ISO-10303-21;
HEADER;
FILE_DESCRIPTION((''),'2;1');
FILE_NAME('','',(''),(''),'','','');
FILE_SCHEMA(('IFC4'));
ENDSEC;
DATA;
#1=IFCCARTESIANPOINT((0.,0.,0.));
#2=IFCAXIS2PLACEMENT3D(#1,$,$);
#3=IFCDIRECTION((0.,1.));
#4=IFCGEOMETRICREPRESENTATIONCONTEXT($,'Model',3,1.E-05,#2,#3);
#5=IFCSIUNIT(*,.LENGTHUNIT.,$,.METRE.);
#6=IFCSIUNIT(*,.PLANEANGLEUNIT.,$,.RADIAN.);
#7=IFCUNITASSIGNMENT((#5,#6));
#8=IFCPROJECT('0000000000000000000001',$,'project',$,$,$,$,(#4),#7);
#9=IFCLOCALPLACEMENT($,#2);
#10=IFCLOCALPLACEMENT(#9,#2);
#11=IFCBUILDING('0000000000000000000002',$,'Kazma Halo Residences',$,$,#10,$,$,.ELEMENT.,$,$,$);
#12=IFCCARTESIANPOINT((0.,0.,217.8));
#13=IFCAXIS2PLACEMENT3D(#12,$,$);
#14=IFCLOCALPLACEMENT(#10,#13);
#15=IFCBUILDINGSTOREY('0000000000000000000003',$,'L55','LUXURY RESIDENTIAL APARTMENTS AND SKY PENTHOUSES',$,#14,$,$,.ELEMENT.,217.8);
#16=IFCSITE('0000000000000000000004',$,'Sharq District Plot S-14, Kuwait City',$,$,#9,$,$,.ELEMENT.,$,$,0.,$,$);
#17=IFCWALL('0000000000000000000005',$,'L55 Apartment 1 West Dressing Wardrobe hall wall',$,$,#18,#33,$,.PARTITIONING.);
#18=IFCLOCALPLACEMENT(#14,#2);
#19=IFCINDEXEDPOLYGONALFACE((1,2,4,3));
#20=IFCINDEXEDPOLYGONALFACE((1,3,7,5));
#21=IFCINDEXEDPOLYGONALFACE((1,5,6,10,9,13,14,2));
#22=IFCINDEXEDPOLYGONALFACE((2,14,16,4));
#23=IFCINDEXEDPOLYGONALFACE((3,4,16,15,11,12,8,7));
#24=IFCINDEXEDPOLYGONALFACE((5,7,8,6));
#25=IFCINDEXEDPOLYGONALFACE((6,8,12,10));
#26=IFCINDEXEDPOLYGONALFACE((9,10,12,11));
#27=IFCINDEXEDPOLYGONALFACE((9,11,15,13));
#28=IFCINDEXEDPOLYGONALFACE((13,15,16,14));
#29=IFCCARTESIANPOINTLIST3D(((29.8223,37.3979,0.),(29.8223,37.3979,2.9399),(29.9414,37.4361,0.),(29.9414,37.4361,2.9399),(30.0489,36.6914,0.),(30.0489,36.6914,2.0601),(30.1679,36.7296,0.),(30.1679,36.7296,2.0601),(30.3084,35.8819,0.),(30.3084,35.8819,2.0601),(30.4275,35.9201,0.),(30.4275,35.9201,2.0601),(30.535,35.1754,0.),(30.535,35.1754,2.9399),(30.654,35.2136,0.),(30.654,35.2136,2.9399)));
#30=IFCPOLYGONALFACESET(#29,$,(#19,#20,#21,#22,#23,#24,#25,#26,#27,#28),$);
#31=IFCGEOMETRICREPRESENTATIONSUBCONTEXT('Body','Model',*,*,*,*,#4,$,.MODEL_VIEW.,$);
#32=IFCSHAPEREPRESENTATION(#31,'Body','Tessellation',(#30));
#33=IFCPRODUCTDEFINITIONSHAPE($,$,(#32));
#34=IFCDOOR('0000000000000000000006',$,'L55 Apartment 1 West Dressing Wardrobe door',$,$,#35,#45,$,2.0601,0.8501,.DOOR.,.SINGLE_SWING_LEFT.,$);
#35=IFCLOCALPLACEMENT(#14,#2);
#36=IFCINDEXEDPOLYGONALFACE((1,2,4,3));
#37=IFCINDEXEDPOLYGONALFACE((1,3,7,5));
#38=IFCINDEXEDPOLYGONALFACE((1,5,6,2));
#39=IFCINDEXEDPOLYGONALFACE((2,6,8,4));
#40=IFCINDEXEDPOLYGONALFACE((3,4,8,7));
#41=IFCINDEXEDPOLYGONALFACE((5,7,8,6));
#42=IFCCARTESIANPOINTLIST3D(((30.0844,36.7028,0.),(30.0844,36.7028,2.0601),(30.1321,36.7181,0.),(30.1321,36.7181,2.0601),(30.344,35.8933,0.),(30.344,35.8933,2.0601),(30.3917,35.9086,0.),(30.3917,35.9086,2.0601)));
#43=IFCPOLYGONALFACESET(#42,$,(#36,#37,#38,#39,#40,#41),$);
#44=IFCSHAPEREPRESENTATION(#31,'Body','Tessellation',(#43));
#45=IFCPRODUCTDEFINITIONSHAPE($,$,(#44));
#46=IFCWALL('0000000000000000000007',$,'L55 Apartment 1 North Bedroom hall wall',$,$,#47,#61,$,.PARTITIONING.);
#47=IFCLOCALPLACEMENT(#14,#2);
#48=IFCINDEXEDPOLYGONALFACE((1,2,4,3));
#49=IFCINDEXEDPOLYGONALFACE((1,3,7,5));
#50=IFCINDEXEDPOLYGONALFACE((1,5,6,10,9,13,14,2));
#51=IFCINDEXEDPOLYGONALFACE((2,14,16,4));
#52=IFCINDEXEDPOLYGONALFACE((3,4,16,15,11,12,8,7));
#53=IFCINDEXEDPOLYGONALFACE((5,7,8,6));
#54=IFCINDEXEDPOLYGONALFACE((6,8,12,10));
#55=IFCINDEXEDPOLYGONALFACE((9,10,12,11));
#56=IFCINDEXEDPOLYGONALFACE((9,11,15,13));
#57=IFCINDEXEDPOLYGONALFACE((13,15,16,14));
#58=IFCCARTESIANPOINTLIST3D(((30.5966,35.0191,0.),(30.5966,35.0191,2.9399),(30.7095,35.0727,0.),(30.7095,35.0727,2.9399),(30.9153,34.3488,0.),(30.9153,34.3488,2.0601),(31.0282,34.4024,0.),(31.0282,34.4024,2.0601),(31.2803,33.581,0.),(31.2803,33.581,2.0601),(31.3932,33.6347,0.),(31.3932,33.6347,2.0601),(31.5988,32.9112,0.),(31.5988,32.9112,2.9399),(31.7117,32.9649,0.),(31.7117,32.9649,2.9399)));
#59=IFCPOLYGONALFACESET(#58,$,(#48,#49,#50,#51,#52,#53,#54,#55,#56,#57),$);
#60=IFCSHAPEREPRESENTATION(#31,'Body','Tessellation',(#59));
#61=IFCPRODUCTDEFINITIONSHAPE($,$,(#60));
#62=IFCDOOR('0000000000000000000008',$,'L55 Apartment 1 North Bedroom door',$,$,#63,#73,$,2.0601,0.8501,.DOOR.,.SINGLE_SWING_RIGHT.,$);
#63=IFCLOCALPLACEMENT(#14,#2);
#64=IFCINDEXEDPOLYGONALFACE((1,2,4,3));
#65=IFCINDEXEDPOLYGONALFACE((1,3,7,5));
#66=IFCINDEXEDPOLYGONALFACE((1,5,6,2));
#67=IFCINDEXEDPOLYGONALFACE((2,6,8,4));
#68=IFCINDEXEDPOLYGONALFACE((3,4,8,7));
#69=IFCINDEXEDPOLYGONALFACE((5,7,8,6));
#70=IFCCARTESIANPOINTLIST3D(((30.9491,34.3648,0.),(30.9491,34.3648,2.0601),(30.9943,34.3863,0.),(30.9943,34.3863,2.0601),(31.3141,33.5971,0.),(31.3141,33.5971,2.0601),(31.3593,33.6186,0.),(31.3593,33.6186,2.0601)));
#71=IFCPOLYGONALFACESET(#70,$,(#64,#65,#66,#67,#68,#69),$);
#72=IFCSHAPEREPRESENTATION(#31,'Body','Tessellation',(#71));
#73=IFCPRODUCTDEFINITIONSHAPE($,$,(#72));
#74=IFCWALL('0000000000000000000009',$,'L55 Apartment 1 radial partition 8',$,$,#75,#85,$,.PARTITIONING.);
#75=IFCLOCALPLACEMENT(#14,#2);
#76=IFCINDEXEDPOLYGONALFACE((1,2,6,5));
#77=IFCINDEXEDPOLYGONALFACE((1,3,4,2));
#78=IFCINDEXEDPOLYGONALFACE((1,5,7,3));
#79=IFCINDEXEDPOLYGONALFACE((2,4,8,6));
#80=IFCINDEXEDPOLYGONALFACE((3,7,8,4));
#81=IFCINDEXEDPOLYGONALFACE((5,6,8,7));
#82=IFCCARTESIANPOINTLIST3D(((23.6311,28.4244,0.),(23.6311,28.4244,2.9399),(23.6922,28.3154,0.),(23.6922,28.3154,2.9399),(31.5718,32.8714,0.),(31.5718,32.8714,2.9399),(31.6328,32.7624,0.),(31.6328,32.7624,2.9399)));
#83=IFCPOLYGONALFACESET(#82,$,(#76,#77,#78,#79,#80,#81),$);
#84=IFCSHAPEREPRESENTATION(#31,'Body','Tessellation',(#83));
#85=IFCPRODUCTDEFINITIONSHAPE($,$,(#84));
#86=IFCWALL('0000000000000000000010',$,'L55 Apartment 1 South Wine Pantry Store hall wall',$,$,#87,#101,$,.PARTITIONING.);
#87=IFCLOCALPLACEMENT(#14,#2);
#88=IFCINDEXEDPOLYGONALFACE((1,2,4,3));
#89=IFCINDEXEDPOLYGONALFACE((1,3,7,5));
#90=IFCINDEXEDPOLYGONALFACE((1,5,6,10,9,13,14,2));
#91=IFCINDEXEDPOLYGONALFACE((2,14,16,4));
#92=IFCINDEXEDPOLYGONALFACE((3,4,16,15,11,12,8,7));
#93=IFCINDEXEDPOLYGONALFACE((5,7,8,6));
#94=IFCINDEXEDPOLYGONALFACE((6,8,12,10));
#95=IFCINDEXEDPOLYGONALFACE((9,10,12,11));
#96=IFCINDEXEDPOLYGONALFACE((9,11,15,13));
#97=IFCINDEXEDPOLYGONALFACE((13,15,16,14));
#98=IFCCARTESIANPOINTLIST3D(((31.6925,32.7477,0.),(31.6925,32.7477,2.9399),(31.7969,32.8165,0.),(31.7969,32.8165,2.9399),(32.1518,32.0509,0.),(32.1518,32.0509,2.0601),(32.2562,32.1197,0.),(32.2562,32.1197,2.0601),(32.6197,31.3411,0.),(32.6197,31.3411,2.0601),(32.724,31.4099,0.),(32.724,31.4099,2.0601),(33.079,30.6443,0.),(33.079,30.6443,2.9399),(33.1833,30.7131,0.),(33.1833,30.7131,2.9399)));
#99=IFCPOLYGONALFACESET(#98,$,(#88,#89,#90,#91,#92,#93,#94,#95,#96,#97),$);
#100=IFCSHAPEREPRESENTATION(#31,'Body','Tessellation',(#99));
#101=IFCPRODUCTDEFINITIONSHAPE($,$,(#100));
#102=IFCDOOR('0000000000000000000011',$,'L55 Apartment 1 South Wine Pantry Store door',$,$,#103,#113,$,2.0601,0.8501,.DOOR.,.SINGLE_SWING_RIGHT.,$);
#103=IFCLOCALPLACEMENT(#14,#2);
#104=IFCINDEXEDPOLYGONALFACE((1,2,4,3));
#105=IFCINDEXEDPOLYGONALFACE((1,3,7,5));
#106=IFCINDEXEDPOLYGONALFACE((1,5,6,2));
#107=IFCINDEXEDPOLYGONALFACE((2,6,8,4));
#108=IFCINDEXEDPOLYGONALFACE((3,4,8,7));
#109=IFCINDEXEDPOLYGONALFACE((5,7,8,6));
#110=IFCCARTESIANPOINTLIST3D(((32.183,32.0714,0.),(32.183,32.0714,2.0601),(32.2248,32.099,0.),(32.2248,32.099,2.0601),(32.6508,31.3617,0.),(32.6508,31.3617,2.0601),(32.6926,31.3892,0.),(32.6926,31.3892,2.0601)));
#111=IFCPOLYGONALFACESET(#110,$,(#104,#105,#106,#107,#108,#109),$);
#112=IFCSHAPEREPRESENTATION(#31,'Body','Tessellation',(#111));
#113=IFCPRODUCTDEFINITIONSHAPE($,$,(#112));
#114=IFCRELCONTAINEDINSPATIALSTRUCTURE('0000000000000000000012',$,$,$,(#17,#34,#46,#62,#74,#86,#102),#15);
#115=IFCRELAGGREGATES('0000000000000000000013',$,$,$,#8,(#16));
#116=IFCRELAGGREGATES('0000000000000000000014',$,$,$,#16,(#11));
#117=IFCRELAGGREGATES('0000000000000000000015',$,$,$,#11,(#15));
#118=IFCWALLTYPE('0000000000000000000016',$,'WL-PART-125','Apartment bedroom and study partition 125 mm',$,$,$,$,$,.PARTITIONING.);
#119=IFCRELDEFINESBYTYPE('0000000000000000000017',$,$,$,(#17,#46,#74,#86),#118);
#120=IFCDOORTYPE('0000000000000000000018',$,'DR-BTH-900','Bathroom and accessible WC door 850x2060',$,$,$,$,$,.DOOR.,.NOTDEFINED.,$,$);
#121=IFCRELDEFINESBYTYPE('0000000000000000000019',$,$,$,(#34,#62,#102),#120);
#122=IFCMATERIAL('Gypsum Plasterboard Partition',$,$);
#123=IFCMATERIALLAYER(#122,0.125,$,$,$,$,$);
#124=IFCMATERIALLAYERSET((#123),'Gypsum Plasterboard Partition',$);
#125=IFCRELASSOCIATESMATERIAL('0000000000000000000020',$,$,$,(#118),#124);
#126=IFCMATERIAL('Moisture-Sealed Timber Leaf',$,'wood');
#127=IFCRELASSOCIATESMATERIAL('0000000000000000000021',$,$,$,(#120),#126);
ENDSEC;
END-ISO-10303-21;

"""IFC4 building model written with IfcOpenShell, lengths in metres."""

from ifc_helpers import new_model, si_unit, direction, frame, frame_2d, origin, place, context, subcontext, project, spatial, rectangle, extrude, material, layer, layer_set, type_object, element, fill, save


model = new_model("IFC4")

# Units and contexts
model_context = context("Model", 3, precision=1e-05, world=origin(), true_north=direction((0.0, 1.0)))
body_context = subcontext(model_context, "Body", "Model", "MODEL_VIEW")
ifc_project = project(units=[si_unit("LENGTHUNIT", "METRE"), si_unit("PLANEANGLEUNIT", "RADIAN")], contexts=[model_context])

# Site, building, storey
site_placement = place(None, origin())
site = spatial("IfcSite", under=ifc_project, at=site_placement, Name="Sharq District Plot S-14, Kuwait City", CompositionType="ELEMENT", RefElevation=0.0)
building_placement = place(site_placement, origin())
building = spatial("IfcBuilding", under=site, at=building_placement, Name="Kazma Halo Residences", CompositionType="ELEMENT")
storey_placement = place(building_placement, frame((0.0, 0.0, 217.8)))
storey = spatial("IfcBuildingStorey", under=building, at=storey_placement, Name="L55", Description="LUXURY RESIDENTIAL APARTMENTS AND SKY PENTHOUSES", CompositionType="ELEMENT", Elevation=217.8)

# Shared definitions
ifc_material_1 = material(Name="Gypsum Plasterboard Partition")
ifc_layer_1 = layer(ifc_material_1, 0.125)
ifc_layer_set_1 = layer_set([ifc_layer_1], Name="Gypsum Plasterboard Partition")
wall_type_1 = type_object("IfcWallType", Name="WL-PART-125", Description="Apartment bedroom and study partition 125 mm", PredefinedType="PARTITIONING", material=ifc_layer_set_1)

# Walls, openings, doors
ifc_material_2 = material(Name="Moisture-Sealed Timber Leaf", Category="wood")
door_type = type_object("IfcDoorType", Name="DR-BTH-900", Description="Bathroom and accessible WC door 850x2060", OperationType="NOTDEFINED", PredefinedType="DOOR", material=ifc_material_2)
wall_1_placement = place(storey_placement, frame((29.8818, 37.417, 0.0), z_axis=(0.0, 0.0, 1.0), x_axis=(0.305349, -0.952241, 0.0)))
wall_1 = element("IfcWall", 1, at=wall_1_placement, inside=storey, type_object=wall_type_1, Name="L55 Apartment 1 West Dressing Wardrobe hall wall", PredefinedType="PARTITIONING", context=body_context, shape_type="SweptSolid", body=[
    extrude(rectangle(XDim=2.334, YDim=0.125, at=frame_2d((1.167, 0.0))), origin(), (0.0, 0.0, 1.0), 2.9399),
])
opening_1_placement = place(wall_1_placement, frame((0.7419, 0.0, 0.0)))
opening_1 = element("IfcOpeningElement", 2, at=opening_1_placement, cuts=wall_1, PredefinedType="OPENING", context=body_context, shape_type="SweptSolid", body=[
    extrude(rectangle(XDim=0.8501, YDim=2.0601, at=frame_2d((0.425, 1.03))), frame((0.0, 0.0725, 0.0), z_axis=(0.0, -1.0, 0.0), x_axis=(1.0, 0.0, 0.0)), (0.0, 0.0, 1.0), 0.145),
])
door_1_placement = place(opening_1_placement, origin())
door_1 = element("IfcDoor", 3, at=door_1_placement, inside=storey, type_object=door_type, Name="L55 Apartment 1 West Dressing Wardrobe door", OperationType="SINGLE_SWING_LEFT", OverallHeight=2.0601, OverallWidth=0.8501, PredefinedType="DOOR", context=body_context, shape_type="SweptSolid", body=[
    extrude(rectangle(XDim=0.8501, YDim=2.0601, at=frame_2d((0.425, 1.03))), frame((0.0, 0.0249, 0.0), z_axis=(0.0, -1.0, 0.0), x_axis=(1.0, 0.0, 0.0)), (0.0, 0.0, 1.0), 0.05),
])
fill(opening_1, door_1)
wall_2_placement = place(storey_placement, frame((30.6531, 35.0459, 0.0), z_axis=(0.0, 0.0, 1.0), x_axis=(0.429385, -0.903121, 0.0)))
wall_2 = element("IfcWall", 4, at=wall_2_placement, inside=storey, type_object=wall_type_1, Name="L55 Apartment 1 North Bedroom hall wall", PredefinedType="PARTITIONING", context=body_context, shape_type="SweptSolid", body=[
    extrude(rectangle(XDim=2.334, YDim=0.125, at=frame_2d((1.167, 0.0))), origin(), (0.0, 0.0, 1.0), 2.9399),
])
opening_2_placement = place(wall_2_placement, frame((0.7422, 0.0, 0.0)))
opening_2 = element("IfcOpeningElement", 5, at=opening_2_placement, cuts=wall_2, PredefinedType="OPENING", context=body_context, shape_type="SweptSolid", body=[
    extrude(rectangle(XDim=0.8501, YDim=2.0601, at=frame_2d((0.425, 1.03))), frame((0.0, 0.0725, 0.0), z_axis=(0.0, -1.0, 0.0), x_axis=(1.0, 0.0, 0.0)), (0.0, 0.0, 1.0), 0.145),
])
door_2_placement = place(opening_2_placement, origin())
door_2 = element("IfcDoor", 6, at=door_2_placement, inside=storey, type_object=door_type, Name="L55 Apartment 1 North Bedroom door", OperationType="SINGLE_SWING_RIGHT", OverallHeight=2.0601, OverallWidth=0.8501, PredefinedType="DOOR", context=body_context, shape_type="SweptSolid", body=[
    extrude(rectangle(XDim=0.8501, YDim=2.0601, at=frame_2d((0.425, 1.03))), frame((0.0, 0.0249, 0.0), z_axis=(0.0, -1.0, 0.0), x_axis=(1.0, 0.0, 0.0)), (0.0, 0.0, 1.0), 0.05),
])
fill(opening_2, door_2)

# Wall
wall_3_placement = place(storey_placement, frame((31.6023, 32.8169, 0.0), z_axis=(0.0, 0.0, 1.0), x_axis=(-0.872495, -0.488624, 0.0)))
element("IfcWall", 7, at=wall_3_placement, inside=storey, type_object=wall_type_1, Name="L55 Apartment 1 radial partition 8", PredefinedType="PARTITIONING", context=body_context, shape_type="SweptSolid", body=[
    extrude(rectangle(XDim=9.1011, YDim=0.125, at=frame_2d((4.5505, 0.0))), origin(), (0.0, 0.0, 1.0), 2.9399),
])

# Wall, opening, door
wall_4_placement = place(storey_placement, frame((31.7446, 32.7822, 0.0), z_axis=(0.0, 0.0, 1.0), x_axis=(0.550332, -0.834946, 0.0)))
wall_4 = element("IfcWall", 8, at=wall_4_placement, inside=storey, type_object=wall_type_1, Name="L55 Apartment 1 South Wine Pantry Store hall wall", PredefinedType="PARTITIONING", context=body_context, shape_type="SweptSolid", body=[
    extrude(rectangle(XDim=2.5193, YDim=0.125, at=frame_2d((1.2598, 0.0))), origin(), (0.0, 0.0, 1.0), 2.9399),
])
opening_3_placement = place(wall_4_placement, frame((0.8347, 0.0, 0.0)))
opening_3 = element("IfcOpeningElement", 9, at=opening_3_placement, cuts=wall_4, PredefinedType="OPENING", context=body_context, shape_type="SweptSolid", body=[
    extrude(rectangle(XDim=0.8501, YDim=2.0601, at=frame_2d((0.425, 1.03))), frame((0.0, 0.0725, 0.0), z_axis=(0.0, -1.0, 0.0), x_axis=(1.0, 0.0, 0.0)), (0.0, 0.0, 1.0), 0.145),
])
door_3_placement = place(opening_3_placement, origin())
door_3 = element("IfcDoor", 10, at=door_3_placement, inside=storey, type_object=door_type, Name="L55 Apartment 1 South Wine Pantry Store door", OperationType="SINGLE_SWING_RIGHT", OverallHeight=2.0601, OverallWidth=0.8501, PredefinedType="DOOR", context=body_context, shape_type="SweptSolid", body=[
    extrude(rectangle(XDim=0.8501, YDim=2.0601, at=frame_2d((0.425, 1.03))), frame((0.0, 0.0249, 0.0), z_axis=(0.0, -1.0, 0.0), x_axis=(1.0, 0.0, 0.0)), (0.0, 0.0, 1.0), 0.05),
])
fill(opening_3, door_3)

save(model, "model.ifc")
